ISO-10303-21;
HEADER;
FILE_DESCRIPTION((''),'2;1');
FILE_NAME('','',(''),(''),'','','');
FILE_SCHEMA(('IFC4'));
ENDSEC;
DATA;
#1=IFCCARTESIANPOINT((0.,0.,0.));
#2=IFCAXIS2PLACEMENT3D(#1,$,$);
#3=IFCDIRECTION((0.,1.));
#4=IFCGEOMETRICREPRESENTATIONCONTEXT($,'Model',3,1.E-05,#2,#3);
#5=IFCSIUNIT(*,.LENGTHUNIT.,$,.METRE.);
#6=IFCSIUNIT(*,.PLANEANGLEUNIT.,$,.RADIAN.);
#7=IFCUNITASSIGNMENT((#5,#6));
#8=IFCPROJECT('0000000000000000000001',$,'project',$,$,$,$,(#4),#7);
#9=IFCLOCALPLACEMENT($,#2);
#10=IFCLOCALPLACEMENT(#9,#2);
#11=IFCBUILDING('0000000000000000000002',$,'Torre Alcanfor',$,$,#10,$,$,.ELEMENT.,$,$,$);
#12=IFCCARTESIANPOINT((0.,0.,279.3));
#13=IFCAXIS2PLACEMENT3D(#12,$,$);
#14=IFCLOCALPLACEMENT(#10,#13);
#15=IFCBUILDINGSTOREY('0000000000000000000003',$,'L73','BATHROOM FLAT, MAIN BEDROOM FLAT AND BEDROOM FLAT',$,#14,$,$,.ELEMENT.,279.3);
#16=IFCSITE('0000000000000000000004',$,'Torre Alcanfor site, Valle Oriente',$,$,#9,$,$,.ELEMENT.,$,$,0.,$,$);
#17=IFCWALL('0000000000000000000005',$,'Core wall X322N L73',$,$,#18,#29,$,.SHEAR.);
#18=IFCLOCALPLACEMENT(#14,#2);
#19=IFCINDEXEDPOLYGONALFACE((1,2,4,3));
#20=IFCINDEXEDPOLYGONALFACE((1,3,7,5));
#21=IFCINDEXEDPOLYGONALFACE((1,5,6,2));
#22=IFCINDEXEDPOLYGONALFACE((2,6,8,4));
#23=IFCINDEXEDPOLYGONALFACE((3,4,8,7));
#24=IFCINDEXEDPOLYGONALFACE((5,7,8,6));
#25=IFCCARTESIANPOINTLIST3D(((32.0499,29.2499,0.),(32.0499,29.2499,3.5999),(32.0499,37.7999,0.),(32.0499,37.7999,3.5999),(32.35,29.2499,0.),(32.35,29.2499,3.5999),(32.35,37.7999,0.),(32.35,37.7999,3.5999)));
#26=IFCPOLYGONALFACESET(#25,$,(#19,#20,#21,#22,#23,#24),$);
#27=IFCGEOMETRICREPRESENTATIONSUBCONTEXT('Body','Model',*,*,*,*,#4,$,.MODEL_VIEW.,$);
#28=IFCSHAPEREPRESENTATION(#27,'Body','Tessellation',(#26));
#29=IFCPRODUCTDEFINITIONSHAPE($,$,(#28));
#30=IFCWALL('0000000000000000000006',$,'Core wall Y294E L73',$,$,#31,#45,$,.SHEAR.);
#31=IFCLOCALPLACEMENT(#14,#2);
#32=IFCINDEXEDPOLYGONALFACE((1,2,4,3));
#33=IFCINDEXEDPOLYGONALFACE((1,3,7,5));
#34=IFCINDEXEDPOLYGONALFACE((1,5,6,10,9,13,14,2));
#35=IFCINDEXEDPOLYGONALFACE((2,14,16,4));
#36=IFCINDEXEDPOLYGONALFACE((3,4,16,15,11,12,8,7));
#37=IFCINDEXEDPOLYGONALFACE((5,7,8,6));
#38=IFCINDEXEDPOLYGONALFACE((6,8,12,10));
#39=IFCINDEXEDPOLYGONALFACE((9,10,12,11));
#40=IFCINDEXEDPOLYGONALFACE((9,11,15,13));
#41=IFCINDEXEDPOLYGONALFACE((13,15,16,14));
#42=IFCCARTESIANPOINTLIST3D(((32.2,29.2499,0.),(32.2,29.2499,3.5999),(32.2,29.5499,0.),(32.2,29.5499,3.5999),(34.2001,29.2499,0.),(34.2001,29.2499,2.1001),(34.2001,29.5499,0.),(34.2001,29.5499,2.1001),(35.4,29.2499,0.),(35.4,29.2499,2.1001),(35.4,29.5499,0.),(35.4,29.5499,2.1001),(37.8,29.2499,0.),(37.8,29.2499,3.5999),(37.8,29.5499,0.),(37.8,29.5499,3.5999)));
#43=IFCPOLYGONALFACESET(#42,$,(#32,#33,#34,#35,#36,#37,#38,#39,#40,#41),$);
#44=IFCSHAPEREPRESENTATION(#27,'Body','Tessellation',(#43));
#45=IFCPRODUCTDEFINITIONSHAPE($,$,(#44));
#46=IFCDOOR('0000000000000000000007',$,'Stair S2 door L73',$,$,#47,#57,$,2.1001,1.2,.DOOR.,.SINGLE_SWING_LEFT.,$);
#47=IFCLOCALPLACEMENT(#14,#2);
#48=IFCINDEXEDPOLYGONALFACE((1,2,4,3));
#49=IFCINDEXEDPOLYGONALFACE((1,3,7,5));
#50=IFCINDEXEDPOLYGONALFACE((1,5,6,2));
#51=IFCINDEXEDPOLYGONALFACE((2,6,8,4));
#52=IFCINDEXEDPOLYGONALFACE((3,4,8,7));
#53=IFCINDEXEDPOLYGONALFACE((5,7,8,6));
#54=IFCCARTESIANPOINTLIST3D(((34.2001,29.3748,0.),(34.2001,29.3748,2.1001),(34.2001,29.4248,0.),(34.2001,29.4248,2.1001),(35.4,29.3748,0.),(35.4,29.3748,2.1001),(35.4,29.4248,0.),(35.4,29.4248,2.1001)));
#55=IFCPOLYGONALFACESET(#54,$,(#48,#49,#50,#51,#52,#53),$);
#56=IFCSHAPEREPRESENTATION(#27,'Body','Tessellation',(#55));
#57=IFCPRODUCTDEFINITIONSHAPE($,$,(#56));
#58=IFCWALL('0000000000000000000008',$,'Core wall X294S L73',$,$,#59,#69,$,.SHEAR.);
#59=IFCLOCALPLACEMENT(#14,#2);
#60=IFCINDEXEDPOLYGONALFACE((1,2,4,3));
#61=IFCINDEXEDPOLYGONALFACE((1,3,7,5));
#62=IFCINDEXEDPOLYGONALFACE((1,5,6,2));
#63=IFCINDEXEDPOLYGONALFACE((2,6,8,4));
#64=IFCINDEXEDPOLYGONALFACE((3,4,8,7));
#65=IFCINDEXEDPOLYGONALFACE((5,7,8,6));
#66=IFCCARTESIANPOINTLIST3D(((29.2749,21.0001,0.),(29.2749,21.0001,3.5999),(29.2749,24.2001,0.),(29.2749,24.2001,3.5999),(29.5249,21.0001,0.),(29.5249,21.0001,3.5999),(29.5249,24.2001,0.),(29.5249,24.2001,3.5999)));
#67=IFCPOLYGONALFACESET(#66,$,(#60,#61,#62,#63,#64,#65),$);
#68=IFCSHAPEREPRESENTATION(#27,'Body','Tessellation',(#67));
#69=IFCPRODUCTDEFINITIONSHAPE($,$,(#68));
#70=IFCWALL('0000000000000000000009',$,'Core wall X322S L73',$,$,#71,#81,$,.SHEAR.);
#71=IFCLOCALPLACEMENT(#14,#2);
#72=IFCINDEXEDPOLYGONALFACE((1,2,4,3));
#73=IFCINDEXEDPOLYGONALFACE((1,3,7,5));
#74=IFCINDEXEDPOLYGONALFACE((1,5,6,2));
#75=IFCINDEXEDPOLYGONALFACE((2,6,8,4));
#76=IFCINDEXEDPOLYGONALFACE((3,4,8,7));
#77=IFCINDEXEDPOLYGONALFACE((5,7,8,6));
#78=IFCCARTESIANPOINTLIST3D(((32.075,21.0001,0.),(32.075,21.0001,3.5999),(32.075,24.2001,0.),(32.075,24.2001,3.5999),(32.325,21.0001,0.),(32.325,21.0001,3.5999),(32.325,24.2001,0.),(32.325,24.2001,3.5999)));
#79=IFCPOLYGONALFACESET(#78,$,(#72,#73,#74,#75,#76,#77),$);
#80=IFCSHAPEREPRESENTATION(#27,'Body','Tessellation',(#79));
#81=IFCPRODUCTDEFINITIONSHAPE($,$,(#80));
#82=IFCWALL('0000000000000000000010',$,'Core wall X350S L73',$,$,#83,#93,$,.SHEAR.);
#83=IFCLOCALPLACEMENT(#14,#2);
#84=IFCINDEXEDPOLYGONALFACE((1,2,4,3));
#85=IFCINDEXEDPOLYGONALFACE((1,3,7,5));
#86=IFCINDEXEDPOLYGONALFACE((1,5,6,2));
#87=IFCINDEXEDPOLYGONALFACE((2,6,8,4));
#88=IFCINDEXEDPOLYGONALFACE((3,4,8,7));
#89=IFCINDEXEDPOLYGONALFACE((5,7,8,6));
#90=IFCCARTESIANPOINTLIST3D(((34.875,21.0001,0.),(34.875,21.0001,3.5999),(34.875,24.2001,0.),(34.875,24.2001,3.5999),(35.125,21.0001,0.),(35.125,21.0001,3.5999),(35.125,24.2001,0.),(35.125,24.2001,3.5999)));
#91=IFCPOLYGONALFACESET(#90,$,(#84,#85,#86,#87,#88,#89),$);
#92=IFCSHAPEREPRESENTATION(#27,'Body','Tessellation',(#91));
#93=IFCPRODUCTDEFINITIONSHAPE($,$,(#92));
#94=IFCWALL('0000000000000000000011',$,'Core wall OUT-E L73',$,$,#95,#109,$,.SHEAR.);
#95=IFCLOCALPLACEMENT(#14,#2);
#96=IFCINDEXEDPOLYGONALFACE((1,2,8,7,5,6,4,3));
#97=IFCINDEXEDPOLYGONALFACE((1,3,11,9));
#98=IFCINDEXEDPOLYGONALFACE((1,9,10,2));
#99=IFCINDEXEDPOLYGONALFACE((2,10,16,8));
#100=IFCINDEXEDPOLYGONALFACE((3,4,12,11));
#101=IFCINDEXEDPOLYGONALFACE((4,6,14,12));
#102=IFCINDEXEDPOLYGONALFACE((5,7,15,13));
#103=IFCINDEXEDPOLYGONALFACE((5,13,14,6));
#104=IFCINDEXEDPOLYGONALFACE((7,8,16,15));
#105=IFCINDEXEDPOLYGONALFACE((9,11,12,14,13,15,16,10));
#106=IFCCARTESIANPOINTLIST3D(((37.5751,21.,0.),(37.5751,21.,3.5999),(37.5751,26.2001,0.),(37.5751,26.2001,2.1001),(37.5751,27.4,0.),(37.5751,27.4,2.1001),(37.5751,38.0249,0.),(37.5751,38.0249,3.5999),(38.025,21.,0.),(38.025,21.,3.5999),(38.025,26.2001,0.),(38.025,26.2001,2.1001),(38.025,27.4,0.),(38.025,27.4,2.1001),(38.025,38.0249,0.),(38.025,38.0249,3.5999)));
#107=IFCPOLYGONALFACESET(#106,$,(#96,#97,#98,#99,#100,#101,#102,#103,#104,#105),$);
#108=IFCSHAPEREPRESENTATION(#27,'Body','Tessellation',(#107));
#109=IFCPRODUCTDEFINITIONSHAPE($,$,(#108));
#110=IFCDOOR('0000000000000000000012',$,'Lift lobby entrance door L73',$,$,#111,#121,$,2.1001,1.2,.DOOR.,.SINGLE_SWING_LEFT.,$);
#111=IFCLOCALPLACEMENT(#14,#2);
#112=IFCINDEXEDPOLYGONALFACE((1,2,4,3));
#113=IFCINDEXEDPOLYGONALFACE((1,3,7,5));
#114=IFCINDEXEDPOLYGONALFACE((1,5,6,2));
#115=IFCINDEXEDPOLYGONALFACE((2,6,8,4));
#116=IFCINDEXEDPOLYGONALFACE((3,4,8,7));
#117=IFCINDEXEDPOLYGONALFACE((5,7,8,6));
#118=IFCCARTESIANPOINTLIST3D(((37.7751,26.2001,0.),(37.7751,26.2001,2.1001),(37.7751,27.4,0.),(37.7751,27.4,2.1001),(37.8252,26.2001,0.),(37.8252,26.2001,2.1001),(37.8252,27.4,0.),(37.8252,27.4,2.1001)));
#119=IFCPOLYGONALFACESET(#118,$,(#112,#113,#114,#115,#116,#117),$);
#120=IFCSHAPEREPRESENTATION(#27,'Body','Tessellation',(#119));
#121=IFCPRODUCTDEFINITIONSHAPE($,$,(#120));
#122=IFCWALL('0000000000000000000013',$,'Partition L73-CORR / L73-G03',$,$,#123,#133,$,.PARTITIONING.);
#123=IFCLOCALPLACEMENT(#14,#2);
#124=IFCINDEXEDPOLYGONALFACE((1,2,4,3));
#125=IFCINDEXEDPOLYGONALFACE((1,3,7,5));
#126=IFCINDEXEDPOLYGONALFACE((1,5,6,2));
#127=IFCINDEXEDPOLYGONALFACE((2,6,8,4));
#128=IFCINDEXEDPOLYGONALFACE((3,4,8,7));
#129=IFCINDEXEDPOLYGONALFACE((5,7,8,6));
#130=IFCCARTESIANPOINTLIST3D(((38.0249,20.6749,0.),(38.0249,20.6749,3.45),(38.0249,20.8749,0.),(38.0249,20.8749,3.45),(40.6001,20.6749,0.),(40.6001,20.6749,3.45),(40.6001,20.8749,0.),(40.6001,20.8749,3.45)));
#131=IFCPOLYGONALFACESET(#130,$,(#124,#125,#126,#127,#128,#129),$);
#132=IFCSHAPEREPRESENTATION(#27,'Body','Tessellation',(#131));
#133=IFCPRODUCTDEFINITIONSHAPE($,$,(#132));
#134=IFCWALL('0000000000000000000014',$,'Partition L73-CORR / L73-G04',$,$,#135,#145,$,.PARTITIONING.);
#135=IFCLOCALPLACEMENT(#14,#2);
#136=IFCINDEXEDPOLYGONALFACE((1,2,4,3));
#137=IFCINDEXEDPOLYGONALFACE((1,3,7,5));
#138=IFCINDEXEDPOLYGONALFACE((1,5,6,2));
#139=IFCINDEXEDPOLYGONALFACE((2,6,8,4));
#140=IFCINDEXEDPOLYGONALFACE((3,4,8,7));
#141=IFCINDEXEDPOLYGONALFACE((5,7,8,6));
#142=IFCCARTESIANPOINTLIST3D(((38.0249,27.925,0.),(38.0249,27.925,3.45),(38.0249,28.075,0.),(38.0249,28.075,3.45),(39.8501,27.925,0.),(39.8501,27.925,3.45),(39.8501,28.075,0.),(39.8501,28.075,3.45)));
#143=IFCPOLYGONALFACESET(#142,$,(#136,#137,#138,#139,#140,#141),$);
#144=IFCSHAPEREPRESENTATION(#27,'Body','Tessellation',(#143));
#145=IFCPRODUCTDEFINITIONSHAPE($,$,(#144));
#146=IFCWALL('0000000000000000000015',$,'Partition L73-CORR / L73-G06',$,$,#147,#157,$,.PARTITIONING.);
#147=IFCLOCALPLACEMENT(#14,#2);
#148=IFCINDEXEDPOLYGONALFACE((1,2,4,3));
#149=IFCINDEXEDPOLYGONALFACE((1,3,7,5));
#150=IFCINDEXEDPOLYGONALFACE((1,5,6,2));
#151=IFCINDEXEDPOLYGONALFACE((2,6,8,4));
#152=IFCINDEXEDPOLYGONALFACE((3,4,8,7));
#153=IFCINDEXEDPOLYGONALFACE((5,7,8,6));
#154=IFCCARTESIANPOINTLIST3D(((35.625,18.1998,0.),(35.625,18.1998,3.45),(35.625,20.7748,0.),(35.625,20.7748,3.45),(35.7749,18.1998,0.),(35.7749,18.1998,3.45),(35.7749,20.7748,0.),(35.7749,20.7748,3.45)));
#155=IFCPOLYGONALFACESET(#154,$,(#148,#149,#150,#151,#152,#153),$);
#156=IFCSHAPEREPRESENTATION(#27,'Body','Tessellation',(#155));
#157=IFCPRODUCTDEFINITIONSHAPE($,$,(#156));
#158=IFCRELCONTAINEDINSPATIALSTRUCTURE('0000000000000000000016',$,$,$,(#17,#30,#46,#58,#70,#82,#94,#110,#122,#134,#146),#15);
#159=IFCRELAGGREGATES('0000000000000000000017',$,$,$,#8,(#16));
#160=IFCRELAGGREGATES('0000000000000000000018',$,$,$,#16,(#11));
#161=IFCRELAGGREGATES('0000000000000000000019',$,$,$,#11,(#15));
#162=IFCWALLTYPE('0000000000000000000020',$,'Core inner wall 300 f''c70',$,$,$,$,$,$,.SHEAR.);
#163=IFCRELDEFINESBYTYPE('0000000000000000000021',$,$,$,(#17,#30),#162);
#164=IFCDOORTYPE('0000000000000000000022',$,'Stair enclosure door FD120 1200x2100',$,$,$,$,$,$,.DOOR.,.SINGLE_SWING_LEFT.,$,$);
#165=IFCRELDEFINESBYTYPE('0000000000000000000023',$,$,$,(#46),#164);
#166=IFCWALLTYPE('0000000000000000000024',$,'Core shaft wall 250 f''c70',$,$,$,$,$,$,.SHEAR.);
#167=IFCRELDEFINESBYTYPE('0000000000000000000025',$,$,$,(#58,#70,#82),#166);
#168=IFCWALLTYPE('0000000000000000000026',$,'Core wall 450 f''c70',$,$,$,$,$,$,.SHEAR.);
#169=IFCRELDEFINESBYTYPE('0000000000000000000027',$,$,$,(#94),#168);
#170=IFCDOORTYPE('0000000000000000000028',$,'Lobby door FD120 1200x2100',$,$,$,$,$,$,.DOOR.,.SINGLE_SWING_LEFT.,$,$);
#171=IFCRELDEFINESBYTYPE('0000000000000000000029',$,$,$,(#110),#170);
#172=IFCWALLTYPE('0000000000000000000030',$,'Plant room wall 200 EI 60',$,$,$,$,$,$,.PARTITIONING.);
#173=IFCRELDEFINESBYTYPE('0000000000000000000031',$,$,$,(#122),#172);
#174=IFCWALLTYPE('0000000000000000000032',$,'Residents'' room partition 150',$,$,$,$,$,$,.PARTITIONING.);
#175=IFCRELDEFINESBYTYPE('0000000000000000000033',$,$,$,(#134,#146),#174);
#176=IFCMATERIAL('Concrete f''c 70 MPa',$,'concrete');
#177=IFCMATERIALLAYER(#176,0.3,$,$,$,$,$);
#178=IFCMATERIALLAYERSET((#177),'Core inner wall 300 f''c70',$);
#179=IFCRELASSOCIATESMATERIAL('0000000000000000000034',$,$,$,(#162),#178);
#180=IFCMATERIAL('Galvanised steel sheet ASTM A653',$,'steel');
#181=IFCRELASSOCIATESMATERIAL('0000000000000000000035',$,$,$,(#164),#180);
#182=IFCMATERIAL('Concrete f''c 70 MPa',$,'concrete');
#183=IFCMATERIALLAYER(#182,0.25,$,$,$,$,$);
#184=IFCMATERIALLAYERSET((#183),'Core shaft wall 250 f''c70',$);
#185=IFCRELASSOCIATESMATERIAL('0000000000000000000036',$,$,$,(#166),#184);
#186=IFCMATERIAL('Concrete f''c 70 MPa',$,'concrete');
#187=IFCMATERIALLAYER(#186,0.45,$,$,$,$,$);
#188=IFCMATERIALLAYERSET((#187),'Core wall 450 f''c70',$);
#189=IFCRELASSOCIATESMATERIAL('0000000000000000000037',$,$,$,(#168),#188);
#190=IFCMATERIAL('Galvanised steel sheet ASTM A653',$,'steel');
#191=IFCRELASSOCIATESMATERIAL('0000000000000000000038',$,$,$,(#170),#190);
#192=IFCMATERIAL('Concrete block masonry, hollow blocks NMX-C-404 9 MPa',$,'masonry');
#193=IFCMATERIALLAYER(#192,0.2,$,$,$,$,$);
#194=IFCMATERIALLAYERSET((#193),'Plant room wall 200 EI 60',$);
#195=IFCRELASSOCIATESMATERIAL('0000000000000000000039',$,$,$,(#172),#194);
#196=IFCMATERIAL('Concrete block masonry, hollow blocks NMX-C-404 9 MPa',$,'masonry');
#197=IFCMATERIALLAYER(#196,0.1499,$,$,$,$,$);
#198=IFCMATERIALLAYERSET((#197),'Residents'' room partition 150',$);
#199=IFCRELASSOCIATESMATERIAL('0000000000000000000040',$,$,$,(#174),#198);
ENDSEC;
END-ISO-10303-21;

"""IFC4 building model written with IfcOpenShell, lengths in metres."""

from ifc_helpers import new_model, si_unit, direction, frame, frame_2d, origin, place, context, subcontext, project, spatial, rectangle, extrude, material, layer, layer_set, type_object, element, fill, save


model = new_model("IFC4")

# Units and contexts
model_context = context("Model", 3, precision=1e-05, world=origin(), true_north=direction((0.0, 1.0)))
body_context = subcontext(model_context, "Body", "Model", "MODEL_VIEW")
ifc_project = project(units=[si_unit("LENGTHUNIT", "METRE"), si_unit("PLANEANGLEUNIT", "RADIAN")], contexts=[model_context])

# Site, building, storey
site_placement = place(None, origin())
site = spatial("IfcSite", under=ifc_project, at=site_placement, Name="Torre Alcanfor site, Valle Oriente", CompositionType="ELEMENT", RefElevation=0.0)
building_placement = place(site_placement, origin())
building = spatial("IfcBuilding", under=site, at=building_placement, Name="Torre Alcanfor", CompositionType="ELEMENT")
storey_placement = place(building_placement, frame((0.0, 0.0, 279.3)))
storey = spatial("IfcBuildingStorey", under=building, at=storey_placement, Name="L73", Description="BATHROOM FLAT, MAIN BEDROOM FLAT AND BEDROOM FLAT", CompositionType="ELEMENT", Elevation=279.3)

# Wall
ifc_material_1 = material(Name="Concrete f'c 70 MPa", Category="concrete")
ifc_layer_1 = layer(ifc_material_1, 0.3)
ifc_layer_set_1 = layer_set([ifc_layer_1], Name="Core inner wall 300 f'c70")
wall_type_1 = type_object("IfcWallType", Name="Core inner wall 300 f'c70", PredefinedType="SHEAR", material=ifc_layer_set_1)
wall_1_placement = place(storey_placement, frame((32.2, 29.25, 0.0), z_axis=(0.0, 0.0, 1.0), x_axis=(0.0, 1.0, 0.0)))
element("IfcWall", 1, at=wall_1_placement, inside=storey, type_object=wall_type_1, Name="Core wall X322N L73", PredefinedType="SHEAR", context=body_context, shape_type="SweptSolid", body=[
    extrude(rectangle(XDim=8.55, YDim=0.3, at=frame_2d((4.2749, 0.0))), origin(), (0.0, 0.0, 1.0), 3.5999),
])

# Wall, opening, door
wall_2_placement = place(storey_placement, frame((32.2, 29.3999, 0.0), z_axis=(0.0, 0.0, 1.0), x_axis=(1.0, 0.0, 0.0)))
wall_2 = element("IfcWall", 2, at=wall_2_placement, inside=storey, type_object=wall_type_1, Name="Core wall Y294E L73", PredefinedType="SHEAR", context=body_context, shape_type="SweptSolid", body=[
    extrude(rectangle(XDim=5.6001, YDim=0.3, at=frame_2d((2.8, 0.0))), origin(), (0.0, 0.0, 1.0), 3.5999),
])
opening_1_placement = place(wall_2_placement, frame((2.0, 0.0, 0.0)))
opening_1 = element("IfcOpeningElement", 3, at=opening_1_placement, cuts=wall_2, PredefinedType="OPENING", context=body_context, shape_type="SweptSolid", body=[
    extrude(rectangle(XDim=1.2, YDim=2.1001, at=frame_2d((0.6001, 1.05))), frame((0.0, 0.1599, 0.0), z_axis=(0.0, -1.0, 0.0), x_axis=(1.0, 0.0, 0.0)), (0.0, 0.0, 1.0), 0.3201),
])
ifc_material_2 = material(Name="Galvanised steel sheet ASTM A653", Category="steel")
door_type_1 = type_object("IfcDoorType", Name="Stair enclosure door FD120 1200x2100", OperationType="SINGLE_SWING_LEFT", PredefinedType="DOOR", material=ifc_material_2)
door_1_placement = place(opening_1_placement, origin())
door_1 = element("IfcDoor", 4, at=door_1_placement, inside=storey, type_object=door_type_1, Name="Stair S2 door L73", OperationType="SINGLE_SWING_LEFT", OverallHeight=2.1001, OverallWidth=1.2, PredefinedType="DOOR", context=body_context, shape_type="SweptSolid", body=[
    extrude(rectangle(XDim=1.2, YDim=2.1001, at=frame_2d((0.6001, 1.05))), frame((0.0, 0.0249, 0.0), z_axis=(0.0, -1.0, 0.0), x_axis=(1.0, 0.0, 0.0)), (0.0, 0.0, 1.0), 0.05),
])
fill(opening_1, door_1)

# Walls
ifc_material_3 = material(Name="Concrete f'c 70 MPa", Category="concrete")
ifc_layer_2 = layer(ifc_material_3, 0.25)
ifc_layer_set_2 = layer_set([ifc_layer_2], Name="Core shaft wall 250 f'c70")
wall_type_2 = type_object("IfcWallType", Name="Core shaft wall 250 f'c70", PredefinedType="SHEAR", material=ifc_layer_set_2)
for number, where, z_axis, x_axis, name in (
    (5, (29.3999, 21.0, 0.0), (0.0, 0.0, 1.0), (0.0, 1.0, 0.0), "Core wall X294S L73"),
    (6, (32.2, 21.0, 0.0), (0.0, 0.0, 1.0), (0.0, 1.0, 0.0), "Core wall X322S L73"),
    (7, (35.0, 21.0, 0.0), (0.0, 0.0, 1.0), (0.0, 1.0, 0.0), "Core wall X350S L73"),
):
    element("IfcWall", number, at=place(storey_placement, frame(where, z_axis=z_axis, x_axis=x_axis)), inside=storey, type_object=wall_type_2, Name=name, PredefinedType="SHEAR", context=body_context, shape_type="SweptSolid", body=[
        extrude(rectangle(XDim=3.2, YDim=0.25, at=frame_2d((1.6001, 0.0))), origin(), (0.0, 0.0, 1.0), 3.5999),
    ])

# Wall, opening, door
ifc_material_4 = material(Name="Concrete f'c 70 MPa", Category="concrete")
ifc_layer_3 = layer(ifc_material_4, 0.45)
ifc_layer_set_3 = layer_set([ifc_layer_3], Name="Core wall 450 f'c70")
wall_type_3 = type_object("IfcWallType", Name="Core wall 450 f'c70", PredefinedType="SHEAR", material=ifc_layer_set_3)
wall_3_placement = place(storey_placement, frame((37.8, 21.0, 0.0), z_axis=(0.0, 0.0, 1.0), x_axis=(0.0, 1.0, 0.0)))
wall_3 = element("IfcWall", 8, at=wall_3_placement, inside=storey, type_object=wall_type_3, Name="Core wall OUT-E L73", PredefinedType="SHEAR", context=body_context, shape_type="SweptSolid", body=[
    extrude(rectangle(XDim=17.0249, YDim=0.45, at=frame_2d((8.5125, 0.0))), origin(), (0.0, 0.0, 1.0), 3.5999),
])
opening_2_placement = place(wall_3_placement, frame((5.2, 0.0, 0.0)))
opening_2 = element("IfcOpeningElement", 9, at=opening_2_placement, cuts=wall_3, PredefinedType="OPENING", context=body_context, shape_type="SweptSolid", body=[
    extrude(rectangle(XDim=1.2, YDim=2.1001, at=frame_2d((0.6001, 1.05))), frame((0.0, 0.2349, 0.0), z_axis=(0.0, -1.0, 0.0), x_axis=(1.0, 0.0, 0.0)), (0.0, 0.0, 1.0), 0.47),
])
ifc_material_5 = material(Name="Galvanised steel sheet ASTM A653", Category="steel")
door_type_2 = type_object("IfcDoorType", Name="Lobby door FD120 1200x2100", OperationType="SINGLE_SWING_LEFT", PredefinedType="DOOR", material=ifc_material_5)
door_2_placement = place(opening_2_placement, origin())
door_2 = element("IfcDoor", 10, at=door_2_placement, inside=storey, type_object=door_type_2, Name="Lift lobby entrance door L73", OperationType="SINGLE_SWING_LEFT", OverallHeight=2.1001, OverallWidth=1.2, PredefinedType="DOOR", context=body_context, shape_type="SweptSolid", body=[
    extrude(rectangle(XDim=1.2, YDim=2.1001, at=frame_2d((0.6001, 1.05))), frame((0.0, 0.0249, 0.0), z_axis=(0.0, -1.0, 0.0), x_axis=(1.0, 0.0, 0.0)), (0.0, 0.0, 1.0), 0.05),
])
fill(opening_2, door_2)

# Walls
ifc_material_6 = material(Name="Concrete block masonry, hollow blocks NMX-C-404 9 MPa", Category="masonry")
ifc_layer_4 = layer(ifc_material_6, 0.2)
ifc_layer_set_4 = layer_set([ifc_layer_4], Name="Plant room wall 200 EI 60")
wall_type_4 = type_object("IfcWallType", Name="Plant room wall 200 EI 60", PredefinedType="PARTITIONING", material=ifc_layer_set_4)
wall_4_placement = place(storey_placement, frame((38.0249, 20.7749, 0.0), z_axis=(0.0, 0.0, 1.0), x_axis=(1.0, 0.0, 0.0)))
element("IfcWall", 11, at=wall_4_placement, inside=storey, type_object=wall_type_4, Name="Partition L73-CORR / L73-G03", PredefinedType="PARTITIONING", context=body_context, shape_type="SweptSolid", body=[
    extrude(rectangle(XDim=2.5752, YDim=0.2, at=frame_2d((1.2876, 0.0))), origin(), (0.0, 0.0, 1.0), 3.45),
])
ifc_material_7 = material(Name="Concrete block masonry, hollow blocks NMX-C-404 9 MPa", Category="masonry")
ifc_layer_5 = layer(ifc_material_7, 0.1499)
ifc_layer_set_5 = layer_set([ifc_layer_5], Name="Residents' room partition 150")
wall_type_5 = type_object("IfcWallType", Name="Residents' room partition 150", PredefinedType="PARTITIONING", material=ifc_layer_set_5)
wall_5_placement = place(storey_placement, frame((38.0249, 28.0, 0.0), z_axis=(0.0, 0.0, 1.0), x_axis=(1.0, 0.0, 0.0)))
element("IfcWall", 12, at=wall_5_placement, inside=storey, type_object=wall_type_5, Name="Partition L73-CORR / L73-G04", PredefinedType="PARTITIONING", context=body_context, shape_type="SweptSolid", body=[
    extrude(rectangle(XDim=1.8252, YDim=0.1499, at=frame_2d((0.9126, 0.0))), origin(), (0.0, 0.0, 1.0), 3.45),
])
wall_6_placement = place(storey_placement, frame((35.7, 20.7749, 0.0), z_axis=(0.0, 0.0, 1.0), x_axis=(0.0, -1.0, 0.0)))
element("IfcWall", 13, at=wall_6_placement, inside=storey, type_object=wall_type_5, Name="Partition L73-CORR / L73-G06", PredefinedType="PARTITIONING", context=body_context, shape_type="SweptSolid", body=[
    extrude(rectangle(XDim=2.575, YDim=0.1499, at=frame_2d((1.2876, 0.0))), origin(), (0.0, 0.0, 1.0), 3.45),
])

save(model, "model.ifc")
